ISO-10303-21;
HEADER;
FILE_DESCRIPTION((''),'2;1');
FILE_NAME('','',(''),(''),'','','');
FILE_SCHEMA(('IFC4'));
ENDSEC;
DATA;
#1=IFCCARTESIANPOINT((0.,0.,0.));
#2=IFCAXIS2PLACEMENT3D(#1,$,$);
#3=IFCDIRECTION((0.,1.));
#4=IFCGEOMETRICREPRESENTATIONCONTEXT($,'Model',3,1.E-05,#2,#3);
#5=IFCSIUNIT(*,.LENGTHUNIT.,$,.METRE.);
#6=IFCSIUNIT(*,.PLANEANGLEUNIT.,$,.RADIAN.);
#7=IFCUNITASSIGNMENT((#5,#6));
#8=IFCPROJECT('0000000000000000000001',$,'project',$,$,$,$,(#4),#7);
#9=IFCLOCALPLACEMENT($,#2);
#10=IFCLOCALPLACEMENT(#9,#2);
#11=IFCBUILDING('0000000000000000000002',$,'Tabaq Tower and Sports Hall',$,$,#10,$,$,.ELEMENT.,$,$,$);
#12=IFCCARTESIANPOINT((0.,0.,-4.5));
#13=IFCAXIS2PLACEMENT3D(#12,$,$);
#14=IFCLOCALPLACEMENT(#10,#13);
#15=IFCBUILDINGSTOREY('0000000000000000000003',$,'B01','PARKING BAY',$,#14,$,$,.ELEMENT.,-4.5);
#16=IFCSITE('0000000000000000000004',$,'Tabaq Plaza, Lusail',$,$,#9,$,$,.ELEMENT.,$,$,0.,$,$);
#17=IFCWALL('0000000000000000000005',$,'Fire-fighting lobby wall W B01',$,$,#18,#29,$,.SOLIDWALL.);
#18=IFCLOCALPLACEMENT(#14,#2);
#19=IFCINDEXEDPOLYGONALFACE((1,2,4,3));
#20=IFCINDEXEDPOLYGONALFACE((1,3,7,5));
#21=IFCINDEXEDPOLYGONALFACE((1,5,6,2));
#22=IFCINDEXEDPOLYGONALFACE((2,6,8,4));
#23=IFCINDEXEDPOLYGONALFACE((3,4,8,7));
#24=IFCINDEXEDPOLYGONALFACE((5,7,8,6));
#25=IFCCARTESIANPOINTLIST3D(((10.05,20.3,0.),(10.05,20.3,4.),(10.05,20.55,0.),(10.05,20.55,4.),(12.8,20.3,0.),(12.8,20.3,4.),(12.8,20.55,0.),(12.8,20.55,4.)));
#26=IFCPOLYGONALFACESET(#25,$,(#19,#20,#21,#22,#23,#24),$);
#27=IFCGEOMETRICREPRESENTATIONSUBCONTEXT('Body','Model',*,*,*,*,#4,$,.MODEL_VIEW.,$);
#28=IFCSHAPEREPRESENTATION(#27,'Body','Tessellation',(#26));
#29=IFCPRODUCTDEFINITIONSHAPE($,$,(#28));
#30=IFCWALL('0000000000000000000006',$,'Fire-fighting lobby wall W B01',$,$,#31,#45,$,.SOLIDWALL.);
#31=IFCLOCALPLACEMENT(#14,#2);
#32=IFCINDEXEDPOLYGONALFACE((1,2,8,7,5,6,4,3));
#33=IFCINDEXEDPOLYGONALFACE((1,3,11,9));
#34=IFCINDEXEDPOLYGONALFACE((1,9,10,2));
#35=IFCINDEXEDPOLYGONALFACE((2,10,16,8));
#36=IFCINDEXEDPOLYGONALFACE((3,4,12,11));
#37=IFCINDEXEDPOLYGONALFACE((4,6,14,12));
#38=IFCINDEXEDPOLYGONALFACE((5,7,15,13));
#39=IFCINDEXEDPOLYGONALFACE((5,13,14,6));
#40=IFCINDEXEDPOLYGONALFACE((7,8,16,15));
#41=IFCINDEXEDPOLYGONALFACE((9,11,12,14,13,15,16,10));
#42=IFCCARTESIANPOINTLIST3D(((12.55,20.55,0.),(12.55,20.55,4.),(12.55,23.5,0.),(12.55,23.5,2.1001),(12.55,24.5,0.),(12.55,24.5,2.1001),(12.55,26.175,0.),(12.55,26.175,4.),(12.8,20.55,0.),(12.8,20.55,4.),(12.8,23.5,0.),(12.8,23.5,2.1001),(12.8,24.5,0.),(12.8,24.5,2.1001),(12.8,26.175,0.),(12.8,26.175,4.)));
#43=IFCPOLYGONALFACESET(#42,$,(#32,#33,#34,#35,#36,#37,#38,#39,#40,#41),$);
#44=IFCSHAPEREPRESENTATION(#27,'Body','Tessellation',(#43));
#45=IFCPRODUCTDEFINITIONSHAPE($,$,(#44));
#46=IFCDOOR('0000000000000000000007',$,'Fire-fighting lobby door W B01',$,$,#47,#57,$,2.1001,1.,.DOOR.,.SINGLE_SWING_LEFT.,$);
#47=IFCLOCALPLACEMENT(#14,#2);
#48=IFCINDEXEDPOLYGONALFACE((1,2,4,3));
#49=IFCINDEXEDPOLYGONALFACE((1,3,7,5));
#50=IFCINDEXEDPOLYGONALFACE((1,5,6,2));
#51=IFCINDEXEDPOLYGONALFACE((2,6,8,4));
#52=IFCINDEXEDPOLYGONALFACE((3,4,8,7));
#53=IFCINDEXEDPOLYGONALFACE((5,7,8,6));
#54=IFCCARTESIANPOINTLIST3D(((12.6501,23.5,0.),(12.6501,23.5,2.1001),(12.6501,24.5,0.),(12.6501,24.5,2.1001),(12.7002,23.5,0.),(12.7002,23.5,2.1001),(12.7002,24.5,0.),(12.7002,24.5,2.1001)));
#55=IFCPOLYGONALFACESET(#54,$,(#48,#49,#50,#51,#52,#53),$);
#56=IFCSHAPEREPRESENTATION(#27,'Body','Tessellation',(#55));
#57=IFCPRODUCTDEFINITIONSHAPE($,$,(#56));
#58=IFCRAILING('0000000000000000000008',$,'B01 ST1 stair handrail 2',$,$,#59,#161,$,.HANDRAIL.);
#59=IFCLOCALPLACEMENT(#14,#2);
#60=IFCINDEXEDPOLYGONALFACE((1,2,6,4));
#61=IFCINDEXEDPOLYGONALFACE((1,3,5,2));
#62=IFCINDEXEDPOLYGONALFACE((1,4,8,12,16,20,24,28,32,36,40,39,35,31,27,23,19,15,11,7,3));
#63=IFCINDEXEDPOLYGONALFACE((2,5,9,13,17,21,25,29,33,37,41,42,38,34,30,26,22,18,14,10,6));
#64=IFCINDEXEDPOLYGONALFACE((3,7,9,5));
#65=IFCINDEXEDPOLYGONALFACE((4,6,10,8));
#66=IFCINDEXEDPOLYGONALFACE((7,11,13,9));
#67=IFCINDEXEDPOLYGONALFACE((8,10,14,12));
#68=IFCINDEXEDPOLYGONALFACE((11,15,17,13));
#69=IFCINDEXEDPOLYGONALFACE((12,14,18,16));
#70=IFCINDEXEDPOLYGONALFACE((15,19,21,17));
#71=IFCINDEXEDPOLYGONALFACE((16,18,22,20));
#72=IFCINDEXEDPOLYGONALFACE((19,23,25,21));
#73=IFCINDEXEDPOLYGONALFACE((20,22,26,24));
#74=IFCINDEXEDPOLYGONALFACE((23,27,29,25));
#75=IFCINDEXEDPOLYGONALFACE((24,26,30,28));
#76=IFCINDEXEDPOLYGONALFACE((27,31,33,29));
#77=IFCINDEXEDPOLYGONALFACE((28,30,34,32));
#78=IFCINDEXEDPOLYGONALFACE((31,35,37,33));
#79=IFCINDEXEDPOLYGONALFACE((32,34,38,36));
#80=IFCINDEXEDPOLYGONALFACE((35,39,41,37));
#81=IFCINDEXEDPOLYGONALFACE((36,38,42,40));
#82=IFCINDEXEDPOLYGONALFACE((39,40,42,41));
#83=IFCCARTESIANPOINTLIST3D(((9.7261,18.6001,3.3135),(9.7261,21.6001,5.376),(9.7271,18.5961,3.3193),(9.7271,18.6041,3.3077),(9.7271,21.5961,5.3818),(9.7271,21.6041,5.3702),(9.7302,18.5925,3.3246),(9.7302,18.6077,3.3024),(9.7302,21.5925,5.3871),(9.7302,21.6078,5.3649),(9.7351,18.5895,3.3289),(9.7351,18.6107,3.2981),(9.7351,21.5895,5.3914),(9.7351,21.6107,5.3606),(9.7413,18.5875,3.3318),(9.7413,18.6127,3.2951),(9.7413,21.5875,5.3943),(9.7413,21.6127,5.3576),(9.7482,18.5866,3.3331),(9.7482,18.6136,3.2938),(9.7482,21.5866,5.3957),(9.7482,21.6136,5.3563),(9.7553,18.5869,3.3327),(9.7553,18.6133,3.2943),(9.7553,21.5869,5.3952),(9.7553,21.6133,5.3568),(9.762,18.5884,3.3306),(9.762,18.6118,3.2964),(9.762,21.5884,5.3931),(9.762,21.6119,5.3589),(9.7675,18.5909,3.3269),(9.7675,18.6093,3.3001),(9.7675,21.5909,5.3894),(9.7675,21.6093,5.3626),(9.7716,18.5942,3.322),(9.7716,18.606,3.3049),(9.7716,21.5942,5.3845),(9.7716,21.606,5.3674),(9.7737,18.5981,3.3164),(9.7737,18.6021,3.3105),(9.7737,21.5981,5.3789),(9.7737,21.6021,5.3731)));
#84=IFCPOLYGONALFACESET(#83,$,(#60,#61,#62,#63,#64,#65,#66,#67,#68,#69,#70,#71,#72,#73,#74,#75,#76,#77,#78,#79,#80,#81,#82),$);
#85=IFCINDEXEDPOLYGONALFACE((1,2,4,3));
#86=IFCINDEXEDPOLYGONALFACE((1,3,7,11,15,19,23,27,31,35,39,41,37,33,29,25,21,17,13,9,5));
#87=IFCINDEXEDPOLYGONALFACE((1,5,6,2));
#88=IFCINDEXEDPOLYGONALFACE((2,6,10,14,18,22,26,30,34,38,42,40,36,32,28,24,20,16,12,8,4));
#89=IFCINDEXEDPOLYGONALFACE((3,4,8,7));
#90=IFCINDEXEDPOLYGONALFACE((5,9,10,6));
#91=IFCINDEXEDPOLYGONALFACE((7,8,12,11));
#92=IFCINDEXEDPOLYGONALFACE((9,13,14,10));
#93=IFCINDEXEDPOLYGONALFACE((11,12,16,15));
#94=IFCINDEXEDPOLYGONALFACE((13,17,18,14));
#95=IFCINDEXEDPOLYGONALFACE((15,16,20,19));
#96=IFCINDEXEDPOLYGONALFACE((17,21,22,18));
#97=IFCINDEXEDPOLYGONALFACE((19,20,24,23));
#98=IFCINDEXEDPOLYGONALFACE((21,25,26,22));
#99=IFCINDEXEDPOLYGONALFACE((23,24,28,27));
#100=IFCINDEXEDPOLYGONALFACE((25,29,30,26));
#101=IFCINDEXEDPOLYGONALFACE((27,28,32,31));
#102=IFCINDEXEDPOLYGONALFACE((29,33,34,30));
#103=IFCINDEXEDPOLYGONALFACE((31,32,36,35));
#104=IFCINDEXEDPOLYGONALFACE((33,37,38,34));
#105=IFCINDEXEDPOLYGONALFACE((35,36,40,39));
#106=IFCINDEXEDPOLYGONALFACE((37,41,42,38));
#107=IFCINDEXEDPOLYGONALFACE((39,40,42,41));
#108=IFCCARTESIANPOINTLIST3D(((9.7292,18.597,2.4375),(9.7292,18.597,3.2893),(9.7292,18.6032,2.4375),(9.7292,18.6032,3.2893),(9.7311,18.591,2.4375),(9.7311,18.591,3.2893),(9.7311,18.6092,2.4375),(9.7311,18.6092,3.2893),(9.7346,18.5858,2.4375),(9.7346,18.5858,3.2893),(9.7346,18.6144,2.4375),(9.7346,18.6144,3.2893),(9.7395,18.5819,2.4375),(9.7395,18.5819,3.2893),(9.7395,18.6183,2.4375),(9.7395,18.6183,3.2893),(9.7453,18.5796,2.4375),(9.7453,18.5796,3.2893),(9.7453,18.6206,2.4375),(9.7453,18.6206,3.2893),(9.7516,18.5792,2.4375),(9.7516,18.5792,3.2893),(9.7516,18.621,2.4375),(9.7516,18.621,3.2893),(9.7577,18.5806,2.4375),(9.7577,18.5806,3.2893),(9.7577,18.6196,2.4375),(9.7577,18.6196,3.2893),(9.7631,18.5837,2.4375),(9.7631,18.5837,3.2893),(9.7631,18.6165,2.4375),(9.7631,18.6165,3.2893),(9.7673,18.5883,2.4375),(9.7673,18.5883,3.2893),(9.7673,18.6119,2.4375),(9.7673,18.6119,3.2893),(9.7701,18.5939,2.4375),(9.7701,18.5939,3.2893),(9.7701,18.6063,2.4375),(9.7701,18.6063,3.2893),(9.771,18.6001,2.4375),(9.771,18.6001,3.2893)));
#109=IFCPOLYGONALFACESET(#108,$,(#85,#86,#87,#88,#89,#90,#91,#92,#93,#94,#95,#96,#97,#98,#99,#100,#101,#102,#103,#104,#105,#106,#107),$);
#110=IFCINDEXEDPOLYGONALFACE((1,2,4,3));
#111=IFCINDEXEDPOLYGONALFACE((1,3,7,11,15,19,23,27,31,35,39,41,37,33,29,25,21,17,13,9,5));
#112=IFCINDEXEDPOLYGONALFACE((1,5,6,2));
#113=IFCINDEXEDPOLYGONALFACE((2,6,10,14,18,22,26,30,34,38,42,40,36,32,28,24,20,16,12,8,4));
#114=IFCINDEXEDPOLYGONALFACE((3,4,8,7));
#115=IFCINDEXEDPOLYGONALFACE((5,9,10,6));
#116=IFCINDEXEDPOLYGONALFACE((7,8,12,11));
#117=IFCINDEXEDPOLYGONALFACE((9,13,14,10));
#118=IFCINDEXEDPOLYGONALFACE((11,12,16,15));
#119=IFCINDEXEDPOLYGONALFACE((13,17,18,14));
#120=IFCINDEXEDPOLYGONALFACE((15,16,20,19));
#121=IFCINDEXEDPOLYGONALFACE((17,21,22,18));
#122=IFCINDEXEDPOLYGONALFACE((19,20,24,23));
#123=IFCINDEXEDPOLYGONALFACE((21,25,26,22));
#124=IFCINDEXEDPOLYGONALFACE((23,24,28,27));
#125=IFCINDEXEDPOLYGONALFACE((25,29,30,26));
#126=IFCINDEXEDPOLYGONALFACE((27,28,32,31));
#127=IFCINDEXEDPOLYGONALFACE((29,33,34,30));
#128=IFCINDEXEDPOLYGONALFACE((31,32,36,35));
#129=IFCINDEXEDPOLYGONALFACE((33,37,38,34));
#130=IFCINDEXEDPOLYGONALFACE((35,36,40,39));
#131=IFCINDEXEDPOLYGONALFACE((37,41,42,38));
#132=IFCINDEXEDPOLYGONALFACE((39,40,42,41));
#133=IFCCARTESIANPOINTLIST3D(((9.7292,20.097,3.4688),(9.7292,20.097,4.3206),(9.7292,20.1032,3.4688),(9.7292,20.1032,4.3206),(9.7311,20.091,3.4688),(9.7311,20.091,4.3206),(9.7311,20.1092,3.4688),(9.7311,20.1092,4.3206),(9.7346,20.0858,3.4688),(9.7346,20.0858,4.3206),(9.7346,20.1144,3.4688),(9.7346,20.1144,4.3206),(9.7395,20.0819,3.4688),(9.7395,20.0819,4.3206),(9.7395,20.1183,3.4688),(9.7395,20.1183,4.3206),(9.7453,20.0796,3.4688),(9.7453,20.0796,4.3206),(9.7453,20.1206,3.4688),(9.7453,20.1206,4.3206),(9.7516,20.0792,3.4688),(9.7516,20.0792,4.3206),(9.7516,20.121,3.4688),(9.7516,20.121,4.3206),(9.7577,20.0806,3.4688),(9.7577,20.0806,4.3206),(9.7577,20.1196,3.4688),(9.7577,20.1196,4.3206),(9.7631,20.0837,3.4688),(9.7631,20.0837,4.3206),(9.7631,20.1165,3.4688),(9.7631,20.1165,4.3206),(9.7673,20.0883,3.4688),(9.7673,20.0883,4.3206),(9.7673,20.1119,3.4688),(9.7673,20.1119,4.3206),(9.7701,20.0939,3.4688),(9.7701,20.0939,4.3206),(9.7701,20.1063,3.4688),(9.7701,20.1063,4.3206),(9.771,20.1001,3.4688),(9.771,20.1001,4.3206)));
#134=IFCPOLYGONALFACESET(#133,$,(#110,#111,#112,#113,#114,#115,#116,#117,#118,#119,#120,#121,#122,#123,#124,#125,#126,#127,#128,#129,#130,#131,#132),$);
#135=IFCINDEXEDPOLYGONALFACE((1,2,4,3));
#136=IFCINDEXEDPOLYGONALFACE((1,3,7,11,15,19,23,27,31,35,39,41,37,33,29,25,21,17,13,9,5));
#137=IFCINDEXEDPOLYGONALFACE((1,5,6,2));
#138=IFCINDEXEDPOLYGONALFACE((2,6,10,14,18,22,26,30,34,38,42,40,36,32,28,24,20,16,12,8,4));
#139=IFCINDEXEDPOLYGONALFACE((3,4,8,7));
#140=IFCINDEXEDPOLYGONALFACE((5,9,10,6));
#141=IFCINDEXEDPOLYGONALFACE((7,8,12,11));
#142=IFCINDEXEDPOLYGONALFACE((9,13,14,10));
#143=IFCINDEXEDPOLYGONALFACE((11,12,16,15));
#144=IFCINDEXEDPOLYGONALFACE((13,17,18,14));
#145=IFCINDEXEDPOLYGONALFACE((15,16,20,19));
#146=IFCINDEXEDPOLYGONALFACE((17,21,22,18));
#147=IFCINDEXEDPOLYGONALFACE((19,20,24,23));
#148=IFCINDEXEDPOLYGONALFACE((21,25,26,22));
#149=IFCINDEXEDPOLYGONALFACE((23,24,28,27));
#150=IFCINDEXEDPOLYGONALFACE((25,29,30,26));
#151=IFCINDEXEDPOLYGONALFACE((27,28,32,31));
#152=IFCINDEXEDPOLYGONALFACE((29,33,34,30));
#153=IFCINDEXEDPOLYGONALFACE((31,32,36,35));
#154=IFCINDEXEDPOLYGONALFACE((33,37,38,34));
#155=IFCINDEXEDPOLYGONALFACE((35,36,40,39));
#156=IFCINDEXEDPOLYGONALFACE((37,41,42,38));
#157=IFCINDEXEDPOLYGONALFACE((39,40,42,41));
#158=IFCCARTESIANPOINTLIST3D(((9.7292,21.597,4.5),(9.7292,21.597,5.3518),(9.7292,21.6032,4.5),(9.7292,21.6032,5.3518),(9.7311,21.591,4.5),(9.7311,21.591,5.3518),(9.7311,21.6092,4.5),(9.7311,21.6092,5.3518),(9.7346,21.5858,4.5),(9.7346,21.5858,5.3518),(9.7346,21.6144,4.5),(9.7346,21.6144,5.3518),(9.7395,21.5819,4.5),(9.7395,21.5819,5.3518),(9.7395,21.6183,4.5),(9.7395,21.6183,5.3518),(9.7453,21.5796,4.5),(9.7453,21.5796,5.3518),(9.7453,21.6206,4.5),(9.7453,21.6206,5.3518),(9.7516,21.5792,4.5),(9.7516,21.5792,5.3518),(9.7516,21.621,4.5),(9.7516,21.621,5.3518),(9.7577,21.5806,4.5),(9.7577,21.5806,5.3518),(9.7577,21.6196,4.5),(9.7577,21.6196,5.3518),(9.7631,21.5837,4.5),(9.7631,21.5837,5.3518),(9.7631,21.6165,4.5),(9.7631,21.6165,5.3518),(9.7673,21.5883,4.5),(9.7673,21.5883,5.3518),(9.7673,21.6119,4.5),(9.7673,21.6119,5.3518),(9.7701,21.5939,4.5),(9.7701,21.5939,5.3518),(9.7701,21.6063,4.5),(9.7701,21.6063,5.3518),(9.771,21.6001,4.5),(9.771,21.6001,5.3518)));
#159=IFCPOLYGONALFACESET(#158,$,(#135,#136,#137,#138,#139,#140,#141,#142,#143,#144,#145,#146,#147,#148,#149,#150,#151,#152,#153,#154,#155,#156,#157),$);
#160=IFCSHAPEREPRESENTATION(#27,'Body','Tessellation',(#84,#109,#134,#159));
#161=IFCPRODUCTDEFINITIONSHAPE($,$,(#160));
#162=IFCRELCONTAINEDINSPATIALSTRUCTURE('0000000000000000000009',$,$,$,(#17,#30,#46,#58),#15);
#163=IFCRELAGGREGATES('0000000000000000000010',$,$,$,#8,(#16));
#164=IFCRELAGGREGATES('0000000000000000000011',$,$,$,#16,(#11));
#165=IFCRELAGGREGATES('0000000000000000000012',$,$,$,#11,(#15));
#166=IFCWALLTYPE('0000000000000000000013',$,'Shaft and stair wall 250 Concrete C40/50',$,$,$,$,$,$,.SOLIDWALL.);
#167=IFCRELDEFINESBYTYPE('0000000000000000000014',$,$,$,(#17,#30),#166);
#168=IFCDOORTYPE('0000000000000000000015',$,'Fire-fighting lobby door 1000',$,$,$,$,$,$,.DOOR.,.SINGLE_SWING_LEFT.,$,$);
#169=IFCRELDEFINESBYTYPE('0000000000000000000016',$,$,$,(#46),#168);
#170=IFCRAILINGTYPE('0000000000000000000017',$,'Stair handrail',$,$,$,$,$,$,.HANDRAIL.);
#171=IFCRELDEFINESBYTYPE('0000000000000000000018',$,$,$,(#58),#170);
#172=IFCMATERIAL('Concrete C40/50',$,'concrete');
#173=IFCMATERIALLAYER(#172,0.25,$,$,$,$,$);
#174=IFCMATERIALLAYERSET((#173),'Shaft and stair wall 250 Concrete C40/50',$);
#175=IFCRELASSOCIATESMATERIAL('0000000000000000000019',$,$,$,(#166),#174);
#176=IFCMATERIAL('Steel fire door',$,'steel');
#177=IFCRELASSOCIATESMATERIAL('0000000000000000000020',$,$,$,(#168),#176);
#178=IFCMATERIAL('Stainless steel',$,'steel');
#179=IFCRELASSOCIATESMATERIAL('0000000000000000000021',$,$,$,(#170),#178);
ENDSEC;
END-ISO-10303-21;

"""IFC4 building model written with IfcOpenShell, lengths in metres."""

from ifc_helpers import new_model, si_unit, direction, frame, frame_2d, origin, origin_2d, place, context, subcontext, project, spatial, rectangle, circle, extrude, material, layer, layer_set, type_object, element, fill, save


model = new_model("IFC4")

# Units and contexts
model_context = context("Model", 3, precision=1e-05, world=origin(), true_north=direction((0.0, 1.0)))
body_context = subcontext(model_context, "Body", "Model", "MODEL_VIEW")
ifc_project = project(units=[si_unit("LENGTHUNIT", "METRE"), si_unit("PLANEANGLEUNIT", "RADIAN")], contexts=[model_context])

# Site, building, storey
site_placement = place(None, origin())
site = spatial("IfcSite", under=ifc_project, at=site_placement, Name="Tabaq Plaza, Lusail", CompositionType="ELEMENT", RefElevation=0.0)
building_placement = place(site_placement, origin())
building = spatial("IfcBuilding", under=site, at=building_placement, Name="Tabaq Tower and Sports Hall", CompositionType="ELEMENT")
storey_placement = place(building_placement, frame((0.0, 0.0, -4.5)))
storey = spatial("IfcBuildingStorey", under=building, at=storey_placement, Name="B01", Description="PARKING BAY", CompositionType="ELEMENT", Elevation=-4.5)

# Shared definitions
ifc_material_1 = material(Name="Concrete C40/50", Category="concrete")
ifc_layer_1 = layer(ifc_material_1, 0.25)
ifc_layer_set_1 = layer_set([ifc_layer_1], Name="Shaft and stair wall 250 Concrete C40/50")
wall_type_1 = type_object("IfcWallType", Name="Shaft and stair wall 250 Concrete C40/50", PredefinedType="SOLIDWALL", material=ifc_layer_set_1)

# Wall
wall_1_placement = place(storey_placement, frame((10.05, 20.425, 0.0), z_axis=(0.0, 0.0, 1.0), x_axis=(1.0, 0.0, 0.0)))
element("IfcWall", 1, at=wall_1_placement, inside=storey, type_object=wall_type_1, Name="Fire-fighting lobby wall W B01", PredefinedType="SOLIDWALL", context=body_context, shape_type="SweptSolid", body=[
    extrude(rectangle(XDim=2.75, YDim=0.25, at=frame_2d((1.375, 0.0))), origin(), (0.0, 0.0, 1.0), 4.0),
])

# Wall, opening, door
wall_2_placement = place(storey_placement, frame((12.675, 20.55, 0.0), z_axis=(0.0, 0.0, 1.0), x_axis=(0.0, 1.0, 0.0)))
wall_2 = element("IfcWall", 2, at=wall_2_placement, inside=storey, type_object=wall_type_1, Name="Fire-fighting lobby wall W B01", PredefinedType="SOLIDWALL", context=body_context, shape_type="SweptSolid", body=[
    extrude(rectangle(XDim=5.625, YDim=0.25, at=frame_2d((2.8125, 0.0))), origin(), (0.0, 0.0, 1.0), 4.0),
])
opening_1_placement = place(wall_2_placement, frame((2.95, 0.0, 0.0)))
opening_1 = element("IfcOpeningElement", 3, at=opening_1_placement, cuts=wall_2, PredefinedType="OPENING", context=body_context, shape_type="SweptSolid", body=[
    extrude(rectangle(XDim=1.0, YDim=2.1001, at=frame_2d((0.5, 1.05))), frame((0.0, 0.125, 0.0), z_axis=(0.0, -1.0, 0.0), x_axis=(1.0, 0.0, 0.0)), (0.0, 0.0, 1.0), 0.25),
])
ifc_material_2 = material(Name="Steel fire door", Category="steel")
door_type_1 = type_object("IfcDoorType", Name="Fire-fighting lobby door 1000", OperationType="SINGLE_SWING_LEFT", PredefinedType="DOOR", material=ifc_material_2)
door_1_placement = place(opening_1_placement, origin())
door_1 = element("IfcDoor", 4, at=door_1_placement, inside=storey, type_object=door_type_1, Name="Fire-fighting lobby door W B01", OperationType="SINGLE_SWING_LEFT", OverallHeight=2.1001, OverallWidth=1.0, PredefinedType="DOOR", context=body_context, shape_type="SweptSolid", body=[
    extrude(rectangle(XDim=1.0, YDim=2.1001, at=frame_2d((0.5, 1.05))), frame((0.0, 0.0249, 0.0), z_axis=(0.0, -1.0, 0.0), x_axis=(1.0, 0.0, 0.0)), (0.0, 0.0, 1.0), 0.05),
])
fill(opening_1, door_1)

# Railing
ifc_material_3 = material(Name="Stainless steel", Category="steel")
railing_type = type_object("IfcRailingType", Name="Stair handrail", PredefinedType="HANDRAIL", material=ifc_material_3)
railing_placement = place(storey_placement, frame((9.75, 18.6001, 2.4375)))
element("IfcRailing", 5, at=railing_placement, inside=storey, type_object=railing_type, Name="B01 ST1 stair handrail 2", PredefinedType="HANDRAIL", context=body_context, shape_type="SweptSolid", body=[
    extrude(circle(Radius=0.0239, at=origin_2d()), frame((0.0, 0.0, 0.876), z_axis=(0.0, 0.824042, 0.566529), x_axis=(-1.0, 0.0, 0.0)), (0.0, 0.0, 1.0), 3.6406),
    extrude(circle(Radius=0.021, at=origin_2d()), origin(), (0.0, 0.0, 1.0), 0.8518),
    extrude(circle(Radius=0.021, at=origin_2d()), frame((0.0, 1.5, 1.0312)), (0.0, 0.0, 1.0), 0.8518),
    extrude(circle(Radius=0.021, at=origin_2d()), frame((0.0, 3.0, 2.0625)), (0.0, 0.0, 1.0), 0.8518),
])

save(model, "model.ifc")
